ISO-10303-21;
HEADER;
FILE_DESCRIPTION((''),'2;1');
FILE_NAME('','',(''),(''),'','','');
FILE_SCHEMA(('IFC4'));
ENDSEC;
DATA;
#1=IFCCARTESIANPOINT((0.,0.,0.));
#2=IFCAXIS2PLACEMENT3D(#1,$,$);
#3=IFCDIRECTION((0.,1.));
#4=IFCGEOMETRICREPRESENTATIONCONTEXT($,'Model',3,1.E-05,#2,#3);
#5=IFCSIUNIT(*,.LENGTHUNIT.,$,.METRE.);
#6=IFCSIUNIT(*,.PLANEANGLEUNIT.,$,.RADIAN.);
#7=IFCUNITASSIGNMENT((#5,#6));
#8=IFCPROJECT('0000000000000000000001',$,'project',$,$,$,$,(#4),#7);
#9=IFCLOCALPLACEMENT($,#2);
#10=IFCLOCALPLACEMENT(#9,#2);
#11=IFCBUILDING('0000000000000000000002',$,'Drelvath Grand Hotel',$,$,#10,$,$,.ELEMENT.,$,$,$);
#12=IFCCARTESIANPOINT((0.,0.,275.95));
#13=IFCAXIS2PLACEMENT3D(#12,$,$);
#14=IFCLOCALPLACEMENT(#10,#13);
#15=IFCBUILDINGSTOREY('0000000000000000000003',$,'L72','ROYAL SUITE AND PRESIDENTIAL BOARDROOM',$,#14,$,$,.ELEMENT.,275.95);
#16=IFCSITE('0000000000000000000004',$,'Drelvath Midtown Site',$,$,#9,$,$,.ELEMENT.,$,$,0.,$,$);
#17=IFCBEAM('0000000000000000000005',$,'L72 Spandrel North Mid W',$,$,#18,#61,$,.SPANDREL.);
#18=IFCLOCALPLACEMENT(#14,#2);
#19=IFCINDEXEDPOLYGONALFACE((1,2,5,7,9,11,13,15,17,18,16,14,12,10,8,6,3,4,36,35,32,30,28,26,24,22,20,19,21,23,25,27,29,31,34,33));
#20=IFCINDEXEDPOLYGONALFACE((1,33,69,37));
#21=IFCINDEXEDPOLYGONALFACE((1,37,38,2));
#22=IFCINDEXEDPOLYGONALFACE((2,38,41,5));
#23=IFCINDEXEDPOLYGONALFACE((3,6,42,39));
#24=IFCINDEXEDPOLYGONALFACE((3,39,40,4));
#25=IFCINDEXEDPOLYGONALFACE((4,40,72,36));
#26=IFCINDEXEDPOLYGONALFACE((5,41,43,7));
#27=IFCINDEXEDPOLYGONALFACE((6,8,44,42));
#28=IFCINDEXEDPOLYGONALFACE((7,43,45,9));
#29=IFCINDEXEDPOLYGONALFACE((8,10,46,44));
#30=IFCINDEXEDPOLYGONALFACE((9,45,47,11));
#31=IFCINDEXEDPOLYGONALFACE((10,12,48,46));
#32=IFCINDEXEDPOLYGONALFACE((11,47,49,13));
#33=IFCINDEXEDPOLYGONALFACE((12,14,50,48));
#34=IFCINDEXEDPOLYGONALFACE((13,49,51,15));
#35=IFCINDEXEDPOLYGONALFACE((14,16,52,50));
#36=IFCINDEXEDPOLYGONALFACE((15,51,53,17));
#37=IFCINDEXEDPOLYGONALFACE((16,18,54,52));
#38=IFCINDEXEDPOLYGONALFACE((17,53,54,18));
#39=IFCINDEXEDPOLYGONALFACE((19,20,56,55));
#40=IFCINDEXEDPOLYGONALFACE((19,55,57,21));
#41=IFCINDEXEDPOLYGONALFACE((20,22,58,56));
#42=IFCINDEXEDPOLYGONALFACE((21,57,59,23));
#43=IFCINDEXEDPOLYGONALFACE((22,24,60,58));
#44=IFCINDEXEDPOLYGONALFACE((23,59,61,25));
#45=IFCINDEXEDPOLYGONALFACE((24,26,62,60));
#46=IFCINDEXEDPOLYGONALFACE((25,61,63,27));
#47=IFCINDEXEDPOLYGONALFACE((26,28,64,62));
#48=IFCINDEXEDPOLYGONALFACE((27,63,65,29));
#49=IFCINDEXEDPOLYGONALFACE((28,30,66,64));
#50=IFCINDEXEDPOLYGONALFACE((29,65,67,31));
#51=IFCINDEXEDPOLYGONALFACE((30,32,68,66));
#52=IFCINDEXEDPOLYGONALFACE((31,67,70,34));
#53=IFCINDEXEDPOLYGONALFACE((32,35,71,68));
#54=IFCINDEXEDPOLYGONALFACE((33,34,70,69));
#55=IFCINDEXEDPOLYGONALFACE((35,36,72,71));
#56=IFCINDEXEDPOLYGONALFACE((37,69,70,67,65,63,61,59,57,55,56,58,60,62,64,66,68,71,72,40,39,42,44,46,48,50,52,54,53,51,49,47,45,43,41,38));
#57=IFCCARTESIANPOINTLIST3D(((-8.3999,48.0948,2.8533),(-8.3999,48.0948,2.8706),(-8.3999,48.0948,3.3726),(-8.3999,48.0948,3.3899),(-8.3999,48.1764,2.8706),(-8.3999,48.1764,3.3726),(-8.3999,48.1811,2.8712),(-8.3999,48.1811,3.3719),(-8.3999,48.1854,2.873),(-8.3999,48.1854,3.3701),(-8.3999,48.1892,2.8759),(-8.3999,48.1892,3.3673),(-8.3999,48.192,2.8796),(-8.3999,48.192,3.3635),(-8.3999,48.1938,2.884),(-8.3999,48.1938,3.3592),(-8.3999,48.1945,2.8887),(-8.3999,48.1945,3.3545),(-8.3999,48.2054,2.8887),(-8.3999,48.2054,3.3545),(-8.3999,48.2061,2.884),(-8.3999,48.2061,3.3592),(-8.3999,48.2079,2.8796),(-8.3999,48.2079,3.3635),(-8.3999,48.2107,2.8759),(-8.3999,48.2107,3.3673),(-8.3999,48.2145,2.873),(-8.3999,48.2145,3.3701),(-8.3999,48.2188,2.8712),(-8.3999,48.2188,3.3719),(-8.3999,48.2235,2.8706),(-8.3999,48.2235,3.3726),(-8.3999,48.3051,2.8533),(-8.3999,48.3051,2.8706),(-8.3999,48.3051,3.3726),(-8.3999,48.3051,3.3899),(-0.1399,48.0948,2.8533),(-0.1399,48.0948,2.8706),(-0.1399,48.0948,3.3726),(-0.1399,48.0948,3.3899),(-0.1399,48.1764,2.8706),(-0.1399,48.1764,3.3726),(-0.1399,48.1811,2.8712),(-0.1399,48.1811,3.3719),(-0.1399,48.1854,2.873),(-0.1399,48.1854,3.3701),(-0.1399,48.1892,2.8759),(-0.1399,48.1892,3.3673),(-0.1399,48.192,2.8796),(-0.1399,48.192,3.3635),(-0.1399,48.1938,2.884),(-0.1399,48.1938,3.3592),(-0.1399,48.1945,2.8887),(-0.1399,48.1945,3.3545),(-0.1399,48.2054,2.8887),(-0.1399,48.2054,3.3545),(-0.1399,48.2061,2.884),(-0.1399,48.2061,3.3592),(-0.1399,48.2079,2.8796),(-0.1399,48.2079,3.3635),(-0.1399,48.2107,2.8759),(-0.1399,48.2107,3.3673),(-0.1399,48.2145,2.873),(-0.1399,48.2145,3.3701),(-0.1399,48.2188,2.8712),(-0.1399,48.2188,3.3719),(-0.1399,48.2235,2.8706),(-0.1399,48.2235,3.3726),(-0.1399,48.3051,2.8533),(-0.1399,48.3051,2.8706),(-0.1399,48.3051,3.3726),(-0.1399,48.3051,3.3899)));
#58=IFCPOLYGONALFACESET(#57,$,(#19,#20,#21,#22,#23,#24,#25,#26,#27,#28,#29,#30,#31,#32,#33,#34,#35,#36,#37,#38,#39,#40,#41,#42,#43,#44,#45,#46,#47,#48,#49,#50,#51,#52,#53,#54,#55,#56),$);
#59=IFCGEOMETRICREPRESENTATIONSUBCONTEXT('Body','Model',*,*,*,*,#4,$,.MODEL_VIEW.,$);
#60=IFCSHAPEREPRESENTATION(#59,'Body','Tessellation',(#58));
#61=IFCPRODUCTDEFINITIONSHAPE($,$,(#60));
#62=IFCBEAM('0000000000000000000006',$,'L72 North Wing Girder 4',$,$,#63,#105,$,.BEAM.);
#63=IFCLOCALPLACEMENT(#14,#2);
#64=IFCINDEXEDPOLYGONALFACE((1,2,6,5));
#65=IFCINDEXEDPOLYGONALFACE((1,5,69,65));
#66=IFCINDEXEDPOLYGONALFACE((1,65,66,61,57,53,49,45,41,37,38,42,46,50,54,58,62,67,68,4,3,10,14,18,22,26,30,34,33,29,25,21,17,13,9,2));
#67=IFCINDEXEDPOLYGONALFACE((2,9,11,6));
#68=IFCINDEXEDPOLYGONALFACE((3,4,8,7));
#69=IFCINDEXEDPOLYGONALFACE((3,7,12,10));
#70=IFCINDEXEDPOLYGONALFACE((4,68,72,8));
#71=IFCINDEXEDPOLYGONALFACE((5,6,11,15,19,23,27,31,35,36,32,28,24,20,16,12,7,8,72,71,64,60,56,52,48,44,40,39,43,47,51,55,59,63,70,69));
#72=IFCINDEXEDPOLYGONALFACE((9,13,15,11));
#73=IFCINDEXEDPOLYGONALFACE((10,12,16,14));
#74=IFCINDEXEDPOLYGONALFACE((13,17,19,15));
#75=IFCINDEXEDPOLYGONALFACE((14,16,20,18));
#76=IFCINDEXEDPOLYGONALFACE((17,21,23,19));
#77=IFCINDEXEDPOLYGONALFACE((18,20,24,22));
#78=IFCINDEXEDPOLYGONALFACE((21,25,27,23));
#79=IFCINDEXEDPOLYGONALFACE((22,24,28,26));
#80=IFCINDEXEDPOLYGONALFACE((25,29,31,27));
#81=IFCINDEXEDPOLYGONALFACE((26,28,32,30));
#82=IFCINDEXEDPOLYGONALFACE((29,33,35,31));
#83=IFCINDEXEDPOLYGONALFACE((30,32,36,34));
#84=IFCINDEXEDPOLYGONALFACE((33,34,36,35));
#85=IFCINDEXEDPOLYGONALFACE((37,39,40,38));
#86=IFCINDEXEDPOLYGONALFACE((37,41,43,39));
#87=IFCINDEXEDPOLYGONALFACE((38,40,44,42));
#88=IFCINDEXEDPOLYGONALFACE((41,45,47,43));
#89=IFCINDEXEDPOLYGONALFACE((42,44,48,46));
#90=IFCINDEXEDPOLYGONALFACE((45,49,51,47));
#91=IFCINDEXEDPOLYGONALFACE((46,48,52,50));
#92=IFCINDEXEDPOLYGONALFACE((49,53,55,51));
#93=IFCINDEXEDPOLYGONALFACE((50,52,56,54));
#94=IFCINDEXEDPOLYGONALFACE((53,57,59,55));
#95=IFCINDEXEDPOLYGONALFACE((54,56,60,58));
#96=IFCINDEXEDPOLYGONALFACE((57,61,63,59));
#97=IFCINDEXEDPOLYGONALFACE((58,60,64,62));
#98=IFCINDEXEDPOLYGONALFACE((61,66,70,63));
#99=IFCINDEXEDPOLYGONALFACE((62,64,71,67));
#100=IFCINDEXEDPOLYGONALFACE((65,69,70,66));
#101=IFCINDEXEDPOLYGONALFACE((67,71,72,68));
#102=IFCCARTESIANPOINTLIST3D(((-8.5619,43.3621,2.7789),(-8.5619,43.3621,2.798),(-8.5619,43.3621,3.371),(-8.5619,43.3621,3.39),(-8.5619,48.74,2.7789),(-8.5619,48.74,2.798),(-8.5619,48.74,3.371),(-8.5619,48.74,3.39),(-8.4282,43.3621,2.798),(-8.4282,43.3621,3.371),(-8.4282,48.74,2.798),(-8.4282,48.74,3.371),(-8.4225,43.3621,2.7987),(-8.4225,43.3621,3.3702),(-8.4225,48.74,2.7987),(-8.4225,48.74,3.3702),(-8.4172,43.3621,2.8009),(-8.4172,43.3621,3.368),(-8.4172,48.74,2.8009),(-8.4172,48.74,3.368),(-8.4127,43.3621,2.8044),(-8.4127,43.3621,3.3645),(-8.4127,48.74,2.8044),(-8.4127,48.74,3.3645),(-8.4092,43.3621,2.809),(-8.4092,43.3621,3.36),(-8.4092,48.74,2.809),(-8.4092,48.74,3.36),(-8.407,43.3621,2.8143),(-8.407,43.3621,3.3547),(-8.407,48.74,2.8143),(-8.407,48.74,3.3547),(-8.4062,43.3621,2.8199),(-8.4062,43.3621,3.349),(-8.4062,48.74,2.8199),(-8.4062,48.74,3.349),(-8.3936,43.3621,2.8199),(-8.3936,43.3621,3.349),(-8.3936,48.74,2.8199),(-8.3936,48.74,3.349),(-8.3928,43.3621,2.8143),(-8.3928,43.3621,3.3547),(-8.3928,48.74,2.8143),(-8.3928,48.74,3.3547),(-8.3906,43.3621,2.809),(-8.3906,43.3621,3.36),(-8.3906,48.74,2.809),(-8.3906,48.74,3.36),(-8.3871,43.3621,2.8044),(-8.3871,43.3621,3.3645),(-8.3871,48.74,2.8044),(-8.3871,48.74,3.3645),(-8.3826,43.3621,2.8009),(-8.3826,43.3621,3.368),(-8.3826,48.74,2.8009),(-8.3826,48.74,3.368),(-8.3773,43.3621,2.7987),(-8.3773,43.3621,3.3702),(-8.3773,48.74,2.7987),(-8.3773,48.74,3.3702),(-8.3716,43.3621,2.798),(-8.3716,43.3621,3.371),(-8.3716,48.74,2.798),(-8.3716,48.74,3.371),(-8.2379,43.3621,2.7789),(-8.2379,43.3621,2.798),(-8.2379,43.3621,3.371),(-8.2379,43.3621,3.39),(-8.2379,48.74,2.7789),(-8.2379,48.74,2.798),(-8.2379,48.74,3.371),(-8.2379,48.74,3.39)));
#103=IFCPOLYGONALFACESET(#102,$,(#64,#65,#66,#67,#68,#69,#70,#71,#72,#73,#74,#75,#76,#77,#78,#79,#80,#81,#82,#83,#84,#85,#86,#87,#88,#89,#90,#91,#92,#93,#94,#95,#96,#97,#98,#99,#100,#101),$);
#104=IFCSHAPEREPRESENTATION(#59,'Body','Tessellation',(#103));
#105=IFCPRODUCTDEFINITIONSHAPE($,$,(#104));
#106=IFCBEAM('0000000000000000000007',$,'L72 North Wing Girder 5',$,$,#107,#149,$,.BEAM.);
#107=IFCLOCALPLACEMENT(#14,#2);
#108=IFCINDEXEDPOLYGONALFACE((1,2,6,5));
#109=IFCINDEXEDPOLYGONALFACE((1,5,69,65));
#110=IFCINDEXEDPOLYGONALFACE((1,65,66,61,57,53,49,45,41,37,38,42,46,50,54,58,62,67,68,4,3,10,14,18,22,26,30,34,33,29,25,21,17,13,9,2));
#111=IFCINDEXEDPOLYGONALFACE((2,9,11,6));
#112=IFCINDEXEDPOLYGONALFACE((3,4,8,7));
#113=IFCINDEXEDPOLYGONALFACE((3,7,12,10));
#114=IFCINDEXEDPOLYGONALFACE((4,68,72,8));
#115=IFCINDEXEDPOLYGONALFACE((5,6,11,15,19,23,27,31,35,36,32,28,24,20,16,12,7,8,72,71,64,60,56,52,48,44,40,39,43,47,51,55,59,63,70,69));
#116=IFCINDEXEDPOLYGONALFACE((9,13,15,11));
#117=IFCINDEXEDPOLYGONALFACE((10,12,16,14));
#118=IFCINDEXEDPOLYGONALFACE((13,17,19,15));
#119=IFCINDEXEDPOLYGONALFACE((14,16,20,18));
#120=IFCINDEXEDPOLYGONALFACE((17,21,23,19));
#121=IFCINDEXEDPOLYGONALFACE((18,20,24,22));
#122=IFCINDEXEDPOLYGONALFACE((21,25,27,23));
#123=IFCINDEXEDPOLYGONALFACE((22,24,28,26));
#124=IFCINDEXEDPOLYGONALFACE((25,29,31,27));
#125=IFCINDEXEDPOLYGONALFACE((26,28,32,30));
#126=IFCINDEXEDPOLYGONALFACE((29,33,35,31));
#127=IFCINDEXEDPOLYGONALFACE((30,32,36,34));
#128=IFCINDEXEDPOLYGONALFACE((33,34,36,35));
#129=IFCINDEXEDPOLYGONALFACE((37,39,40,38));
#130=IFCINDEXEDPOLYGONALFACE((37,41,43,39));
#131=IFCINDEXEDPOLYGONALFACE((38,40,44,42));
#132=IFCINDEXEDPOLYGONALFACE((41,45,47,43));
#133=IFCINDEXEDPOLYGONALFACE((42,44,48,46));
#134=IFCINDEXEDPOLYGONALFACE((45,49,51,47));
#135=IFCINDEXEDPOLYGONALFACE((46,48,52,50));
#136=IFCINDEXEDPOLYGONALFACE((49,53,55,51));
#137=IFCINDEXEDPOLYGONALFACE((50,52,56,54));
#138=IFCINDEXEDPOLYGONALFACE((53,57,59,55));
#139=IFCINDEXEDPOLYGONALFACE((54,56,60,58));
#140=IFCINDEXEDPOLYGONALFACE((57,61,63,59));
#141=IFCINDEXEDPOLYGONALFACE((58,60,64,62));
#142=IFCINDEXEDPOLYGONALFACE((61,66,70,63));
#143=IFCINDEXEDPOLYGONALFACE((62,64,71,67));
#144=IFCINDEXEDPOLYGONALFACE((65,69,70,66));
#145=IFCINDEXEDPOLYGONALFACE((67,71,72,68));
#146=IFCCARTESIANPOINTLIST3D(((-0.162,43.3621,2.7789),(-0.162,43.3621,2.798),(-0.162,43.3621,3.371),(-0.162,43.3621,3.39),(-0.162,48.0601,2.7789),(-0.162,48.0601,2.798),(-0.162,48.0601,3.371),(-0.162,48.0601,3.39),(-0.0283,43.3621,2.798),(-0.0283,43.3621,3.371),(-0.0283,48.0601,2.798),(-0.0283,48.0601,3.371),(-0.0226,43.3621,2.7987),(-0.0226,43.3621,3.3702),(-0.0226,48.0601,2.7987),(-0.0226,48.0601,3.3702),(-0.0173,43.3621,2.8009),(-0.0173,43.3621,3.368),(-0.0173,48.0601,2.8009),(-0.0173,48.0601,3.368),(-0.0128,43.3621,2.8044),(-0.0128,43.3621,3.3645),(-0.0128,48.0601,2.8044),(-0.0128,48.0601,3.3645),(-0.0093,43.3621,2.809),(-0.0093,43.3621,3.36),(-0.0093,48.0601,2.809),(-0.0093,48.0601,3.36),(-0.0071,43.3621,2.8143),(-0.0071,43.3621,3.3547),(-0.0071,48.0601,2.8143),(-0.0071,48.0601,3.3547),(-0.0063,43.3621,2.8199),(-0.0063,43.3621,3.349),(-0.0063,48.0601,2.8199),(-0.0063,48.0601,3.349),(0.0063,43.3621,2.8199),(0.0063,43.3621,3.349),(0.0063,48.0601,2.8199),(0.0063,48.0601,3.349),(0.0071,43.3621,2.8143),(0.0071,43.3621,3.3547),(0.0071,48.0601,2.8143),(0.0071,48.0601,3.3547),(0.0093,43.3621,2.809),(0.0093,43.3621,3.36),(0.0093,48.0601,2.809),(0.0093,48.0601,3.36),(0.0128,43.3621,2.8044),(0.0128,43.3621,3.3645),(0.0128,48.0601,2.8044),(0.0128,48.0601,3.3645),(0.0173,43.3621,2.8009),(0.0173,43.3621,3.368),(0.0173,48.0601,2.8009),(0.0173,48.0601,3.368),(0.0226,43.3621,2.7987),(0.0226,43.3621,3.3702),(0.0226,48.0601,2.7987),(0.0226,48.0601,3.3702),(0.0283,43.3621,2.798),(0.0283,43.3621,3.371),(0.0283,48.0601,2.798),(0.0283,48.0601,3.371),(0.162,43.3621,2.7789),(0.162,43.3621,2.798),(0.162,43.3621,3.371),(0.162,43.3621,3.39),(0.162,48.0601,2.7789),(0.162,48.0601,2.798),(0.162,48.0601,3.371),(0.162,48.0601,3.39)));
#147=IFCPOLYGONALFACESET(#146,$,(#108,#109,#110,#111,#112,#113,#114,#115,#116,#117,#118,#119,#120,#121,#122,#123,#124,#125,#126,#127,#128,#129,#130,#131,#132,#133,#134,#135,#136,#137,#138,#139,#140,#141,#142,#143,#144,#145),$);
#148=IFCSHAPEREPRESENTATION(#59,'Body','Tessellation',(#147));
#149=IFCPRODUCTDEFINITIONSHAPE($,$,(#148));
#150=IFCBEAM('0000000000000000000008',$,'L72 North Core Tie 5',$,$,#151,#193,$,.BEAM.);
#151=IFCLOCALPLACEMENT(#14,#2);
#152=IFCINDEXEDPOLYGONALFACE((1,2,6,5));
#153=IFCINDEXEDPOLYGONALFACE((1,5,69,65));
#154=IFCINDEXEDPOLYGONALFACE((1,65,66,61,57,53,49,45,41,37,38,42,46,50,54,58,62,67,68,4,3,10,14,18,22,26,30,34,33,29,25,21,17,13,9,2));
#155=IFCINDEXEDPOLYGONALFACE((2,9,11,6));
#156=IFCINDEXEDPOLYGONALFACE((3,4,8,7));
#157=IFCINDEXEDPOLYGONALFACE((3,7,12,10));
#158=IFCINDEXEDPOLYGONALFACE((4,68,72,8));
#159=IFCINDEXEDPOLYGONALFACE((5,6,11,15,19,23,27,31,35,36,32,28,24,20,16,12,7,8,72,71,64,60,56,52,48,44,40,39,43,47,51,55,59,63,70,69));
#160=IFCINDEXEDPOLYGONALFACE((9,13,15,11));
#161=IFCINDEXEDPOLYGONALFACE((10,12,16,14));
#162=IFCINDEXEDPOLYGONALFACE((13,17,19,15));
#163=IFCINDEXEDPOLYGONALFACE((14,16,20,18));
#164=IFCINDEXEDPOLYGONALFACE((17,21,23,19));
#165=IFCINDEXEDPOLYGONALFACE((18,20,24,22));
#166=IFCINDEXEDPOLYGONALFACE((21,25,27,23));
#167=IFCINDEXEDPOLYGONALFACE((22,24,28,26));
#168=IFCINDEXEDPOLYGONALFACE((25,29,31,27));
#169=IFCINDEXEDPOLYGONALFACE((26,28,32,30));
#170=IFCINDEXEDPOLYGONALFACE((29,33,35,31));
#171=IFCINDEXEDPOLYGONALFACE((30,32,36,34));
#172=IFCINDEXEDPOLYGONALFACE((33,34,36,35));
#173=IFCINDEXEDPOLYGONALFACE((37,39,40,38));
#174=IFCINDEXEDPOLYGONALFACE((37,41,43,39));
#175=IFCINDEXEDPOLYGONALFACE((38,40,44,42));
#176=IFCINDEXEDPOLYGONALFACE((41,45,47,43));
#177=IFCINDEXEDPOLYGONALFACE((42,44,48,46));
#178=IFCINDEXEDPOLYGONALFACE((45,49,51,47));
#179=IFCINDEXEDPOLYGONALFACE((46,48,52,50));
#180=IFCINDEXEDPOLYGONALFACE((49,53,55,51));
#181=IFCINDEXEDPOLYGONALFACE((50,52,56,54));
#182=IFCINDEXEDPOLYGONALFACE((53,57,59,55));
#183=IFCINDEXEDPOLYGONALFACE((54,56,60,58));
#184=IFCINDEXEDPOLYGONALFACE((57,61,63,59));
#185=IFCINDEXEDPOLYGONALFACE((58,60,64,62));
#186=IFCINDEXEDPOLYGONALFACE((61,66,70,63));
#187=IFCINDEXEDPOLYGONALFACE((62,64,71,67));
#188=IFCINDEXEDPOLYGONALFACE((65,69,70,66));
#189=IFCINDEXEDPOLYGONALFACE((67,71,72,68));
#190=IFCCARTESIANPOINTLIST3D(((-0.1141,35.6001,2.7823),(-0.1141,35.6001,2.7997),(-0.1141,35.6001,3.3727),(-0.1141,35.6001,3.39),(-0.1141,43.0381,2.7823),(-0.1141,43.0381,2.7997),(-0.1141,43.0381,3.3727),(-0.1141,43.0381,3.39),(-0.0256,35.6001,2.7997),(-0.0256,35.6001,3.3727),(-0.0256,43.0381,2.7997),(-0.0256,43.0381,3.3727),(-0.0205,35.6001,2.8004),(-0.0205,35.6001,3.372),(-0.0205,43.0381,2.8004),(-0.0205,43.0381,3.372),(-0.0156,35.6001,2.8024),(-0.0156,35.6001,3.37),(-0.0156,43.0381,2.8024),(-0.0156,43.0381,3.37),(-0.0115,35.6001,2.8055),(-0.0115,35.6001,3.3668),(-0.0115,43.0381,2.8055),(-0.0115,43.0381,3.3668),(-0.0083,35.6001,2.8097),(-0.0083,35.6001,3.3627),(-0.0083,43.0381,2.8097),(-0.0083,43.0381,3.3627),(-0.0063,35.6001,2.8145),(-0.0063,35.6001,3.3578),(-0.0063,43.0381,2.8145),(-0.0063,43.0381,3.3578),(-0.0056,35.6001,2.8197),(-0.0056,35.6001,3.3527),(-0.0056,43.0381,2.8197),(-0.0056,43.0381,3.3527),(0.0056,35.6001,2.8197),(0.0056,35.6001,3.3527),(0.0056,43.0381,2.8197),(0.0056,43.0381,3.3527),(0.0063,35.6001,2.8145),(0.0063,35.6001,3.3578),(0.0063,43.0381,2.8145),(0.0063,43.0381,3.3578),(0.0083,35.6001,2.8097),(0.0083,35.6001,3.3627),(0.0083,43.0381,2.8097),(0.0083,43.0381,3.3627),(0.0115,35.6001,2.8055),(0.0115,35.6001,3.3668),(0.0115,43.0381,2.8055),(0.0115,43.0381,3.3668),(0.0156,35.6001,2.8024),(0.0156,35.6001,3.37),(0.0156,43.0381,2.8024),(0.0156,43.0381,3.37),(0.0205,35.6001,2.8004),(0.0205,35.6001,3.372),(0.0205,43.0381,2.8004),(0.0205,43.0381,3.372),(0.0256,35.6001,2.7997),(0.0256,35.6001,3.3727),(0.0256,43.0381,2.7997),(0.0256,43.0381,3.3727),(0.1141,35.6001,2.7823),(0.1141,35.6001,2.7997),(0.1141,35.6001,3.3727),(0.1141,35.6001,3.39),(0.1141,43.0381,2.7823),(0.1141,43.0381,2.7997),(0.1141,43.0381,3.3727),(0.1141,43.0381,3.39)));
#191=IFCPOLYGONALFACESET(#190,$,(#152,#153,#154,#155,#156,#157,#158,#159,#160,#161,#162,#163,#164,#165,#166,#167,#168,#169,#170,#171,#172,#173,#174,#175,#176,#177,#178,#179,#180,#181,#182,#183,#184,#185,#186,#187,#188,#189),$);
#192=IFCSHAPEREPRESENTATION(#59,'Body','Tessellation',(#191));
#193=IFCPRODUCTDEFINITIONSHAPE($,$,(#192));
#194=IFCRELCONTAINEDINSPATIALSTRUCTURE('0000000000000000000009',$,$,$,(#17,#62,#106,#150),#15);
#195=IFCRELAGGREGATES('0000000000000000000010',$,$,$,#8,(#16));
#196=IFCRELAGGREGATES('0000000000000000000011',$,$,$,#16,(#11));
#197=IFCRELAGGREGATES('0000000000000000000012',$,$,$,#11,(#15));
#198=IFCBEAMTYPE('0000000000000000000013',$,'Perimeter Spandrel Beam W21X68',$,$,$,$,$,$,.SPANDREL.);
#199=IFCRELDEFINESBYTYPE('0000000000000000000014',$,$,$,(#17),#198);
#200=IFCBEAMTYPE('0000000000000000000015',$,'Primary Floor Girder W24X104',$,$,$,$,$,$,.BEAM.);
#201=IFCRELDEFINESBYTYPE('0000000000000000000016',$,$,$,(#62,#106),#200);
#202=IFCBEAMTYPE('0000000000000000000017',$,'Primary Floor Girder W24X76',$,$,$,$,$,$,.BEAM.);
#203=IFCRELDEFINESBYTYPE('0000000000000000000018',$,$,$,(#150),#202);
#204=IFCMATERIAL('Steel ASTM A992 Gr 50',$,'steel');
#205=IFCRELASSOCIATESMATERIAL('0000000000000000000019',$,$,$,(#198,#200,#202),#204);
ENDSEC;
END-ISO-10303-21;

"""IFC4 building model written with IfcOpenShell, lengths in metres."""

from ifc_helpers import new_model, si_unit, direction, frame, origin, origin_2d, place, context, subcontext, project, spatial, i_section, extrude, material, material_profile, profile_set, type_object, element, save


model = new_model("IFC4")

# Units and contexts
model_context = context("Model", 3, precision=1e-05, world=origin(), true_north=direction((0.0, 1.0)))
body_context = subcontext(model_context, "Body", "Model", "MODEL_VIEW")
ifc_project = project(units=[si_unit("LENGTHUNIT", "METRE"), si_unit("PLANEANGLEUNIT", "RADIAN")], contexts=[model_context])

# Site, building, storey
site_placement = place(None, origin())
site = spatial("IfcSite", under=ifc_project, at=site_placement, Name="Drelvath Midtown Site", CompositionType="ELEMENT", RefElevation=0.0)
building_placement = place(site_placement, origin())
building = spatial("IfcBuilding", under=site, at=building_placement, Name="Drelvath Grand Hotel", CompositionType="ELEMENT")
storey_placement = place(building_placement, frame((0.0, 0.0, 275.95)))
storey = spatial("IfcBuildingStorey", under=building, at=storey_placement, Name="L72", Description="ROYAL SUITE AND PRESIDENTIAL BOARDROOM", CompositionType="ELEMENT", Elevation=275.95)

# Beams
ifc_material_1 = material(Name="Steel ASTM A992 Gr 50", Category="steel")
ifc_material_profile_1 = material_profile(ifc_material_1, i_section(OverallWidth=0.2102, OverallDepth=0.5366, WebThickness=0.011, FlangeThickness=0.0173, FilletRadius=0.0181, at=origin_2d()), Name="W21X68")
ifc_profile_set_1 = profile_set([ifc_material_profile_1], Name="Steel ASTM A992 Gr 50")
beam_type_1 = type_object("IfcBeamType", Name="Perimeter Spandrel Beam W21X68", PredefinedType="SPANDREL", material=ifc_profile_set_1)
beam_1_placement = place(storey_placement, frame((-8.3999, 48.2, 3.1216), z_axis=(1.0, 0.0, 0.0), x_axis=(0.0, 1.0, 0.0)))
element("IfcBeam", 1, at=beam_1_placement, inside=storey, type_object=beam_type_1, Name="L72 Spandrel North Mid W", PredefinedType="SPANDREL", context=body_context, shape_type="SweptSolid", body=[
    extrude(i_section(OverallWidth=0.2102, OverallDepth=0.5366, WebThickness=0.011, FlangeThickness=0.0173, FilletRadius=0.0181, at=origin_2d()), origin(), (0.0, 0.0, 1.0), 8.26),
])
ifc_material_profile_2 = material_profile(ifc_material_1, i_section(OverallWidth=0.324, OverallDepth=0.6111, WebThickness=0.0127, FlangeThickness=0.019, FilletRadius=0.022, at=origin_2d()), Name="W24X104")
ifc_profile_set_2 = profile_set([ifc_material_profile_2], Name="Steel ASTM A992 Gr 50")
beam_type_2 = type_object("IfcBeamType", Name="Primary Floor Girder W24X104", PredefinedType="BEAM", material=ifc_profile_set_2)
beam_2_placement = place(storey_placement, frame((-8.3999, 43.3621, 3.0845), z_axis=(0.0, 1.0, 0.0), x_axis=(-1.0, 0.0, 0.0)))
element("IfcBeam", 2, at=beam_2_placement, inside=storey, type_object=beam_type_2, Name="L72 North Wing Girder 4", PredefinedType="BEAM", context=body_context, shape_type="SweptSolid", body=[
    extrude(i_section(OverallWidth=0.324, OverallDepth=0.6111, WebThickness=0.0127, FlangeThickness=0.019, FilletRadius=0.022, at=origin_2d()), origin(), (0.0, 0.0, 1.0), 5.3779),
])
beam_3_placement = place(storey_placement, frame((0.0, 43.3621, 3.0845), z_axis=(0.0, 1.0, 0.0), x_axis=(-1.0, 0.0, 0.0)))
element("IfcBeam", 3, at=beam_3_placement, inside=storey, type_object=beam_type_2, Name="L72 North Wing Girder 5", PredefinedType="BEAM", context=body_context, shape_type="SweptSolid", body=[
    extrude(i_section(OverallWidth=0.324, OverallDepth=0.6111, WebThickness=0.0127, FlangeThickness=0.019, FilletRadius=0.022, at=origin_2d()), origin(), (0.0, 0.0, 1.0), 4.698),
])
ifc_material_profile_3 = material_profile(ifc_material_1, i_section(OverallWidth=0.2283, OverallDepth=0.6077, WebThickness=0.0112, FlangeThickness=0.0173, FilletRadius=0.02, at=origin_2d()), Name="W24X76")
ifc_profile_set_3 = profile_set([ifc_material_profile_3], Name="Steel ASTM A992 Gr 50")
beam_type_3 = type_object("IfcBeamType", Name="Primary Floor Girder W24X76", PredefinedType="BEAM", material=ifc_profile_set_3)
beam_4_placement = place(storey_placement, frame((0.0, 35.6001, 3.0862), z_axis=(0.0, 1.0, 0.0), x_axis=(-1.0, 0.0, 0.0)))
element("IfcBeam", 4, at=beam_4_placement, inside=storey, type_object=beam_type_3, Name="L72 North Core Tie 5", PredefinedType="BEAM", context=body_context, shape_type="SweptSolid", body=[
    extrude(i_section(OverallWidth=0.2283, OverallDepth=0.6077, WebThickness=0.0112, FlangeThickness=0.0173, FilletRadius=0.02, at=origin_2d()), origin(), (0.0, 0.0, 1.0), 7.438),
])

save(model, "model.ifc")
